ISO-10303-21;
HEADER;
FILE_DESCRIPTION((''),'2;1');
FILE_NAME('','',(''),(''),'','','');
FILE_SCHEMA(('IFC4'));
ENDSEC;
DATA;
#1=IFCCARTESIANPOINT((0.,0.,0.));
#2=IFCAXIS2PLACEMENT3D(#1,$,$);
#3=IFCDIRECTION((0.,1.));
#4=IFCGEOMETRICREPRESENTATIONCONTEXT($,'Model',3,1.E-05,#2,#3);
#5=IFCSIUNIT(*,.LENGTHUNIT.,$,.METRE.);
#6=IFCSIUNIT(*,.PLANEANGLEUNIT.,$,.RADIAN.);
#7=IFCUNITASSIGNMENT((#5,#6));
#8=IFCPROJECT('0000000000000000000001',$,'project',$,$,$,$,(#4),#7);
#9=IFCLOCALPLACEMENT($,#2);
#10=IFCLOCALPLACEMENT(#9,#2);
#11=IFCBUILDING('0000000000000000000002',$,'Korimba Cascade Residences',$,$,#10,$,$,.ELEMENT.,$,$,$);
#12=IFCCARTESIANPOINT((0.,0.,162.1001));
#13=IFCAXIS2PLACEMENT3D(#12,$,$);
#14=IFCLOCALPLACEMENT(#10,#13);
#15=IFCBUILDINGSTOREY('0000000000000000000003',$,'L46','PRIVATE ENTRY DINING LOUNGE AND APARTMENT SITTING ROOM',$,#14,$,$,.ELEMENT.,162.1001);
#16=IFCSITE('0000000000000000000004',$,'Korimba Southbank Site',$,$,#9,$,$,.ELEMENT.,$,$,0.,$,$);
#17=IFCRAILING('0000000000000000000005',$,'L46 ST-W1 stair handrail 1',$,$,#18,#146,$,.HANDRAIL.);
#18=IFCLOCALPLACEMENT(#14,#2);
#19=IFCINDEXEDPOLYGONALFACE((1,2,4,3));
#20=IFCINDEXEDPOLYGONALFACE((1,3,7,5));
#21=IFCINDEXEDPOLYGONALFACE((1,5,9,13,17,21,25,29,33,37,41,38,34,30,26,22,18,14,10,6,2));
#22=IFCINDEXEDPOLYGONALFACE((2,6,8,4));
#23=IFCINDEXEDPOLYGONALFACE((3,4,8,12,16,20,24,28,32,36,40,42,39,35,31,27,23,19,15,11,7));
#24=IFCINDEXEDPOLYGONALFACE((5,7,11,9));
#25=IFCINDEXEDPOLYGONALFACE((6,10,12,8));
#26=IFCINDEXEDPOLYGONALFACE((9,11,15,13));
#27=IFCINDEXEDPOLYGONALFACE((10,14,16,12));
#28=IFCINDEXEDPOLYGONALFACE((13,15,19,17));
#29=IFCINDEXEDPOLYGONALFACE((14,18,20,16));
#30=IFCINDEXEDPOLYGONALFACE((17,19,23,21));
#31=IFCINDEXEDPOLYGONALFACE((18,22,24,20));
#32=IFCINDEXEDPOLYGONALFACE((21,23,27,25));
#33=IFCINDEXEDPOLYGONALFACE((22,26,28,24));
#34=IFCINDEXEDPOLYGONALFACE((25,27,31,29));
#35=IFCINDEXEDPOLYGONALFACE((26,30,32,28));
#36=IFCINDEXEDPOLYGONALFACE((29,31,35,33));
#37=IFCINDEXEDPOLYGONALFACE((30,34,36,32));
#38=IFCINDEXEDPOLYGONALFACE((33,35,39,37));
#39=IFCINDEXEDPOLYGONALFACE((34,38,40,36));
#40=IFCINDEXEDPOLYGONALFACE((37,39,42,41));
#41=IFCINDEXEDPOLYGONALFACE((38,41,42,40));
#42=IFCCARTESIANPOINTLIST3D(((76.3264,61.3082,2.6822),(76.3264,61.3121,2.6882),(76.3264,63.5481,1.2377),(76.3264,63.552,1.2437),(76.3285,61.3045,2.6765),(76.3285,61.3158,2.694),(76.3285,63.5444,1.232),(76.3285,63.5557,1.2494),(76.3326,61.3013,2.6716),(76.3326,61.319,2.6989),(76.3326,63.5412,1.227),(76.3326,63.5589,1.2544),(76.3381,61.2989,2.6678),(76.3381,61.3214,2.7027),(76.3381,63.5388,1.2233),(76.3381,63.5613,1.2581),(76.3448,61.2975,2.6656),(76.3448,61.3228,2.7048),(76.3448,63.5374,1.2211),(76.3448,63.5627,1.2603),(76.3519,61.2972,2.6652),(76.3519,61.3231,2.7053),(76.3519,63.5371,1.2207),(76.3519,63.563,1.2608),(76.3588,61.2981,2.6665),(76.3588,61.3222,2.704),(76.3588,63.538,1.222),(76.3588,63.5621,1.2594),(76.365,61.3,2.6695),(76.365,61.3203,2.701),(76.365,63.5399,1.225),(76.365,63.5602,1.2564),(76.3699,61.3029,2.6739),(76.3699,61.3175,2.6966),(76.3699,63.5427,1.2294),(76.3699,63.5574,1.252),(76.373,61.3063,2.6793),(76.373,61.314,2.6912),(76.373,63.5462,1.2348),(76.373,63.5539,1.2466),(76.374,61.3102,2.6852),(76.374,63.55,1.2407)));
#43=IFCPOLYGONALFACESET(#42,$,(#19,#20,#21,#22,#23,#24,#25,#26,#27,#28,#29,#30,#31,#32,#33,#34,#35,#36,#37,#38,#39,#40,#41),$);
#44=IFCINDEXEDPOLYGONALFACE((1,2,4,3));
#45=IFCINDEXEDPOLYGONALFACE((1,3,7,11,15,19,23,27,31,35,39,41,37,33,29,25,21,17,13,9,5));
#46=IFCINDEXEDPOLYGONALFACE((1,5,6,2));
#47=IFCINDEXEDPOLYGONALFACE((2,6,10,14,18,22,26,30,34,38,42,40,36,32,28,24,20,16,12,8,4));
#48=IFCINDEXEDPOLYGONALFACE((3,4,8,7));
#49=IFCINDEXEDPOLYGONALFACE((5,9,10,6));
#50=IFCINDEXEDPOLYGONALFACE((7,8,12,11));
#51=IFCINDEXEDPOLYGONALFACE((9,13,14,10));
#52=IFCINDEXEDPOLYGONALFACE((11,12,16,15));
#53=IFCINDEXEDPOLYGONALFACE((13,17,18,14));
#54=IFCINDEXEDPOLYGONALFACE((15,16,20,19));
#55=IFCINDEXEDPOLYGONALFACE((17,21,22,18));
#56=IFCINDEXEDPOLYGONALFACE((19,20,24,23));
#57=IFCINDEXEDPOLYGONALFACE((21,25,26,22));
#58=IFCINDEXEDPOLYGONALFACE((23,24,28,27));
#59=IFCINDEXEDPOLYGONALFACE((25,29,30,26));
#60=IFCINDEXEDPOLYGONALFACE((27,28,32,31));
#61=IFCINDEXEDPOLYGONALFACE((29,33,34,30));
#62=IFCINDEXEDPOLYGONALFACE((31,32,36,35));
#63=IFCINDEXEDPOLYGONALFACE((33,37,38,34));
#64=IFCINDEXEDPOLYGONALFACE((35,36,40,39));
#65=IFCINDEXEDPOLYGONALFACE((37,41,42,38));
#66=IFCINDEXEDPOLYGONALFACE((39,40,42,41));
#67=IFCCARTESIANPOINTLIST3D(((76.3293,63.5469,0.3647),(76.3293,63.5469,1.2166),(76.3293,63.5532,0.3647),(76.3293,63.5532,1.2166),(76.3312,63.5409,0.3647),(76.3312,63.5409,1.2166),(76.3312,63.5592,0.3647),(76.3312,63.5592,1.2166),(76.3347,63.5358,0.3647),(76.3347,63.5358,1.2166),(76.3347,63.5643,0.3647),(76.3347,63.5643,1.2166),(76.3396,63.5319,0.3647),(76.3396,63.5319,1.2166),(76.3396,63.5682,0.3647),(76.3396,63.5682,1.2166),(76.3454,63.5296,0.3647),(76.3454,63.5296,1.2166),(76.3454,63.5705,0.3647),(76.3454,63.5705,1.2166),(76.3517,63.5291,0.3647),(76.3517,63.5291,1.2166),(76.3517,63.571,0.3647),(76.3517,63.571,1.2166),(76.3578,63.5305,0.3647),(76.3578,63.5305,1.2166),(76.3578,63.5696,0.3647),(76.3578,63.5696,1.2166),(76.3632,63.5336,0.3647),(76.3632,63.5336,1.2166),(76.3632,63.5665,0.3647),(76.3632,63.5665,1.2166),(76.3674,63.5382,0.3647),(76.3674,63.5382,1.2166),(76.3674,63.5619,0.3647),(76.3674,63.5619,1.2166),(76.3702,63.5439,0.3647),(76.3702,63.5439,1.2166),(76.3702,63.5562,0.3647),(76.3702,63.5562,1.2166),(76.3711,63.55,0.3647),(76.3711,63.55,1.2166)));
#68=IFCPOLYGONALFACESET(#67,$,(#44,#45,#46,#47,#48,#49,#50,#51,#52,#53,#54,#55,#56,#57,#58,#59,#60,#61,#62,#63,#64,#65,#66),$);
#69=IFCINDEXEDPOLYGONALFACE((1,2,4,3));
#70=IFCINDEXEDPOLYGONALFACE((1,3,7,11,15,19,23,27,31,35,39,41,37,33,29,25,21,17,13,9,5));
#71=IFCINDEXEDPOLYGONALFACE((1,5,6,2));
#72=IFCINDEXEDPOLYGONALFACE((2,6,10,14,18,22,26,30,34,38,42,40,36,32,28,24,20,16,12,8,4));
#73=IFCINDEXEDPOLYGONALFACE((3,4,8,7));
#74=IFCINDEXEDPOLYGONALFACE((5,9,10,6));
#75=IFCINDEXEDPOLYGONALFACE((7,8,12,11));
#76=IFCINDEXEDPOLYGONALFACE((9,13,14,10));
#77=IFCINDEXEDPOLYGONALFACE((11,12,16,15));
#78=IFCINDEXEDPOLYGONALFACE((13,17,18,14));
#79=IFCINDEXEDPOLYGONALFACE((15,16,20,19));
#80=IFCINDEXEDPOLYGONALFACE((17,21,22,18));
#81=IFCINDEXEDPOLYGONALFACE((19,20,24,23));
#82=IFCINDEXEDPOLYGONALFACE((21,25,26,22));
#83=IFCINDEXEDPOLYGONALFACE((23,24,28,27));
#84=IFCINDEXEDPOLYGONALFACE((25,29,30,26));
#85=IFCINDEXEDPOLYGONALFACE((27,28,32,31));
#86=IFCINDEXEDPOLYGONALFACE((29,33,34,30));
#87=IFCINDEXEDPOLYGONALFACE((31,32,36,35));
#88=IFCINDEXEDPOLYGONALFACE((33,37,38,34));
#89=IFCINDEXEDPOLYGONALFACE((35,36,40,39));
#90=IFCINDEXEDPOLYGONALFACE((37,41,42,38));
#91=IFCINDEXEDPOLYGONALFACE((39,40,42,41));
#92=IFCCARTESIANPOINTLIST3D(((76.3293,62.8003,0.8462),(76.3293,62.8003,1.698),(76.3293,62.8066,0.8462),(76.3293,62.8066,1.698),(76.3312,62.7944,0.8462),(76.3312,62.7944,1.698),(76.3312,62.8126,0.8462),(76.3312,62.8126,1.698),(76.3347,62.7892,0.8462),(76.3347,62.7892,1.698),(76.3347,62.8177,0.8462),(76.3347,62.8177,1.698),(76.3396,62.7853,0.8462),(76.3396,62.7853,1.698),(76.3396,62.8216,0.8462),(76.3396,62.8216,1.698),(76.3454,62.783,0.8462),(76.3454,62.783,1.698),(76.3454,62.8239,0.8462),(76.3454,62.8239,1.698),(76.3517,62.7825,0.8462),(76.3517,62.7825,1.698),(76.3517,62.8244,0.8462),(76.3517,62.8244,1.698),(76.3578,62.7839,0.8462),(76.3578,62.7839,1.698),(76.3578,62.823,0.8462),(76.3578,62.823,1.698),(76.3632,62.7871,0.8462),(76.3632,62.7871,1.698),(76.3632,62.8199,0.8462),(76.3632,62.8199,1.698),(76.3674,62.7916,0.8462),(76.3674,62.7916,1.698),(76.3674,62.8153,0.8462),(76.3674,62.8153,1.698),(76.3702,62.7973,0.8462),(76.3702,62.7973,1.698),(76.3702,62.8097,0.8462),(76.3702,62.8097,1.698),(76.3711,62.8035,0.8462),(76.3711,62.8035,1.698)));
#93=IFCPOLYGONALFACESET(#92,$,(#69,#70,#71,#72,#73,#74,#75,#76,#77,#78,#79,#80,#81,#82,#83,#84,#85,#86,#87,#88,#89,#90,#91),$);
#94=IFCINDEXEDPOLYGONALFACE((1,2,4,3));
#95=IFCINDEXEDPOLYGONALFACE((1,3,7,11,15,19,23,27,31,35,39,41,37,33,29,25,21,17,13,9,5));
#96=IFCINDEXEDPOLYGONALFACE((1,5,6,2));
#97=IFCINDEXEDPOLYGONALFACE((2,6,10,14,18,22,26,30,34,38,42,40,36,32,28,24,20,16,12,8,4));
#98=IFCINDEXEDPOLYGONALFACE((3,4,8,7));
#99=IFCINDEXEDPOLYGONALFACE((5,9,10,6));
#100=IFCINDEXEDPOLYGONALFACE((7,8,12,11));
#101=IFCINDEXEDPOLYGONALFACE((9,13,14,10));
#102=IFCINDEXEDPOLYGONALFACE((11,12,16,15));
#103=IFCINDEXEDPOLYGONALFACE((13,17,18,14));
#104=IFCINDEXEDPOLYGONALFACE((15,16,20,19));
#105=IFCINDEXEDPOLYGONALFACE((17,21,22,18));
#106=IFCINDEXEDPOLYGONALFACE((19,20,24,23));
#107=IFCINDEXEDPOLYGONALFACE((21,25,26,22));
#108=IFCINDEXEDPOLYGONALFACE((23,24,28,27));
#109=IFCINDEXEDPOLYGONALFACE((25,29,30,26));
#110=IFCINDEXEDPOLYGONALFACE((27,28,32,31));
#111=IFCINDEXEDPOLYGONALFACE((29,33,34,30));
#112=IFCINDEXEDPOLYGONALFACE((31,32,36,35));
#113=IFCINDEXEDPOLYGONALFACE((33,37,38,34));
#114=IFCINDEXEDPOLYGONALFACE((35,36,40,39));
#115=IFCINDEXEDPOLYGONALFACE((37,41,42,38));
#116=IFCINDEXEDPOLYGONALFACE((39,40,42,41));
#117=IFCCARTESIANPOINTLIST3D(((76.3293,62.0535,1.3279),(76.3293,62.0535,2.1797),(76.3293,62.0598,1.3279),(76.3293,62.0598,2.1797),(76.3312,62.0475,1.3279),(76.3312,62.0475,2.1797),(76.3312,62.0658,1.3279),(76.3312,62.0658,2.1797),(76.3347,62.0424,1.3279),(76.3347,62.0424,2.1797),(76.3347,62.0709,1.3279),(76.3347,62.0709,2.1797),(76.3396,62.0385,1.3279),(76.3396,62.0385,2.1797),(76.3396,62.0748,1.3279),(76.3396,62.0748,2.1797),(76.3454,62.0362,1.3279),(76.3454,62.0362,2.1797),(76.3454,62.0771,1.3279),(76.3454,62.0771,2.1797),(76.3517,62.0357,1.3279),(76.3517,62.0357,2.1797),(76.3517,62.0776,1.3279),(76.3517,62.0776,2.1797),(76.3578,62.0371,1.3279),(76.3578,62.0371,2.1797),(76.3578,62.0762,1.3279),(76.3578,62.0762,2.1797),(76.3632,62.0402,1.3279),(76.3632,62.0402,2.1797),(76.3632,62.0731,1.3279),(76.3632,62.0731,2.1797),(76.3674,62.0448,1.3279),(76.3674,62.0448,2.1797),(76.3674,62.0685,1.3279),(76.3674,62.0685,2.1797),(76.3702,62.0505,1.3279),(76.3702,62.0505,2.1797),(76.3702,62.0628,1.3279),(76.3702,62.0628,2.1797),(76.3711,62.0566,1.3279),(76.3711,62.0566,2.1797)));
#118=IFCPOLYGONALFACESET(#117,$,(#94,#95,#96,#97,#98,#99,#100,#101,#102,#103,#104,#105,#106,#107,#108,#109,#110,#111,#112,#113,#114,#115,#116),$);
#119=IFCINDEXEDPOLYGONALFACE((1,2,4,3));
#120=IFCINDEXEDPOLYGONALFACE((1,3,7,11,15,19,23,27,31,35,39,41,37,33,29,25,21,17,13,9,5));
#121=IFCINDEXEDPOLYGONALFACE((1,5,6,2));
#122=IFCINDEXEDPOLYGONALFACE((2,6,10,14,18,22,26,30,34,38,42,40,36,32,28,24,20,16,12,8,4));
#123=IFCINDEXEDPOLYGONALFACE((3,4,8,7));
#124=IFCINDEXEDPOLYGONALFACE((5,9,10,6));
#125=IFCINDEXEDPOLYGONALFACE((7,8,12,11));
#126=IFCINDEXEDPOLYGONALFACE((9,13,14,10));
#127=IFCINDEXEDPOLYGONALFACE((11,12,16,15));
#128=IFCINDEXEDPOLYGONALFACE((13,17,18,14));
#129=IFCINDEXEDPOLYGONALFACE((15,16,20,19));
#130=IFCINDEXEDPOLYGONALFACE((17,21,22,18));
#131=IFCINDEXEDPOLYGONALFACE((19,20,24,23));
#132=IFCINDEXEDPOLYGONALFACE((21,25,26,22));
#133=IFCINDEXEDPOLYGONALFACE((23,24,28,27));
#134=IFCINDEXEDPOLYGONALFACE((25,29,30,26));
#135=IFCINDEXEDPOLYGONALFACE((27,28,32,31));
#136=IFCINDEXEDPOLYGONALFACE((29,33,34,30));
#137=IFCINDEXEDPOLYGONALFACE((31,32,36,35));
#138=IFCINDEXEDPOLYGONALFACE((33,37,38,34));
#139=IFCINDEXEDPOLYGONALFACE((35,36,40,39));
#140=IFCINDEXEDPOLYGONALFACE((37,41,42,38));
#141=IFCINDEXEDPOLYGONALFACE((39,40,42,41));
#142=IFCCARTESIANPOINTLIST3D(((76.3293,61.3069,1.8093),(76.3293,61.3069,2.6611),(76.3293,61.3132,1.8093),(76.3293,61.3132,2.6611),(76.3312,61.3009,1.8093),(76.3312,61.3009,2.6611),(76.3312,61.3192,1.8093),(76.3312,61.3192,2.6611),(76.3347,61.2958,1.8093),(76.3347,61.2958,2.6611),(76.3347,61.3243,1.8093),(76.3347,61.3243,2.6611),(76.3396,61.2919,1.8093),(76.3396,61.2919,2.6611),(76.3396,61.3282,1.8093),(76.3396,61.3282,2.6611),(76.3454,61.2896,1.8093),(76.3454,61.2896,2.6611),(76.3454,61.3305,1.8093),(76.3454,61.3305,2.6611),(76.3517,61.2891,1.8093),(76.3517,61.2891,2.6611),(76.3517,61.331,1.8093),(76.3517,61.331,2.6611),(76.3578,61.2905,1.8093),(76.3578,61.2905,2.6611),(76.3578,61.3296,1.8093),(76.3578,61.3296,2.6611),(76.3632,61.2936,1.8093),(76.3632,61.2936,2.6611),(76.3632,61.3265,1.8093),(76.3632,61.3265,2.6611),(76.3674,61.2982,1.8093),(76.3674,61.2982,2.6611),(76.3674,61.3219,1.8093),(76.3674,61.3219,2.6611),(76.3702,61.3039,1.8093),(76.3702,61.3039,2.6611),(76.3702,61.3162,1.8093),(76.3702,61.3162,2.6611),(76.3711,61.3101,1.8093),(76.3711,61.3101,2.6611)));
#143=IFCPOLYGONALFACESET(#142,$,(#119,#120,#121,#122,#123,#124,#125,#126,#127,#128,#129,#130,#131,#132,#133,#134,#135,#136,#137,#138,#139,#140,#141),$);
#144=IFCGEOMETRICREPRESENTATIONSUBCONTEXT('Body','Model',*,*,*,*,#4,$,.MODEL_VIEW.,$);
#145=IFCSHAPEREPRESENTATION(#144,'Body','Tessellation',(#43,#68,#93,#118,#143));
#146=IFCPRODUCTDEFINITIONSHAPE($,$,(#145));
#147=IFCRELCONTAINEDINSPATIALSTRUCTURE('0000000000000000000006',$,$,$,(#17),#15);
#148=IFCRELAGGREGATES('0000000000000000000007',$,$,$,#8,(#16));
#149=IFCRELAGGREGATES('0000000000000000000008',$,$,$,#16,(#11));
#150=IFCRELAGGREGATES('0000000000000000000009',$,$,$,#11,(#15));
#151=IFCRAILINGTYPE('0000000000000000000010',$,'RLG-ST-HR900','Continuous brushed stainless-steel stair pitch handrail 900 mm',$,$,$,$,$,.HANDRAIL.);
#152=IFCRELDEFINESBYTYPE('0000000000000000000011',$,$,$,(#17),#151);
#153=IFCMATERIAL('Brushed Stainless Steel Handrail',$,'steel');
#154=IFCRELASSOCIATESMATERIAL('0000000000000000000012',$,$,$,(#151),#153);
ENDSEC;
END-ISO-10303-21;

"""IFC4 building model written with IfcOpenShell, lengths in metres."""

from ifc_helpers import new_model, si_unit, direction, frame, origin, origin_2d, place, context, subcontext, project, spatial, circle, extrude, material, type_object, element, save


model = new_model("IFC4")

# Units and contexts
model_context = context("Model", 3, precision=1e-05, world=origin(), true_north=direction((0.0, 1.0)))
body_context = subcontext(model_context, "Body", "Model", "MODEL_VIEW")
ifc_project = project(units=[si_unit("LENGTHUNIT", "METRE"), si_unit("PLANEANGLEUNIT", "RADIAN")], contexts=[model_context])

# Site, building, storey
site_placement = place(None, origin())
site = spatial("IfcSite", under=ifc_project, at=site_placement, Name="Korimba Southbank Site", CompositionType="ELEMENT", RefElevation=0.0)
building_placement = place(site_placement, origin())
building = spatial("IfcBuilding", under=site, at=building_placement, Name="Korimba Cascade Residences", CompositionType="ELEMENT")
storey_placement = place(building_placement, frame((0.0, 0.0, 162.1001)))
storey = spatial("IfcBuildingStorey", under=building, at=storey_placement, Name="L46", Description="PRIVATE ENTRY DINING LOUNGE AND APARTMENT SITTING ROOM", CompositionType="ELEMENT", Elevation=162.1001)

# Railing
ifc_material_1 = material(Name="Brushed Stainless Steel Handrail", Category="steel")
railing_type_1 = type_object("IfcRailingType", Name="RLG-ST-HR900", Description="Continuous brushed stainless-steel stair pitch handrail 900 mm", PredefinedType="HANDRAIL", material=ifc_material_1)
railing_1_placement = place(storey_placement, frame((76.3501, 63.55, 0.3647)))
element("IfcRailing", 1, at=railing_1_placement, inside=storey, type_object=railing_type_1, Name="L46 ST-W1 stair handrail 1", PredefinedType="HANDRAIL", context=body_context, shape_type="SweptSolid", body=[
    extrude(circle(Radius=0.0239, at=origin_2d()), frame((0.0, 0.0, 0.876), z_axis=(0.0, -0.840395, 0.541975), x_axis=(1.0, 0.0, 0.0)), (0.0, 0.0, 1.0), 2.6653),
    extrude(circle(Radius=0.021, at=origin_2d()), origin(), (0.0, 0.0, 1.0), 0.8518),
    extrude(circle(Radius=0.021, at=origin_2d()), frame((0.0, -0.7466, 0.4814)), (0.0, 0.0, 1.0), 0.8518),
    extrude(circle(Radius=0.021, at=origin_2d()), frame((0.0, -1.4934, 0.9631)), (0.0, 0.0, 1.0), 0.8518),
    extrude(circle(Radius=0.021, at=origin_2d()), frame((0.0, -2.24, 1.4446)), (0.0, 0.0, 1.0), 0.8518),
])

save(model, "model.ifc")
